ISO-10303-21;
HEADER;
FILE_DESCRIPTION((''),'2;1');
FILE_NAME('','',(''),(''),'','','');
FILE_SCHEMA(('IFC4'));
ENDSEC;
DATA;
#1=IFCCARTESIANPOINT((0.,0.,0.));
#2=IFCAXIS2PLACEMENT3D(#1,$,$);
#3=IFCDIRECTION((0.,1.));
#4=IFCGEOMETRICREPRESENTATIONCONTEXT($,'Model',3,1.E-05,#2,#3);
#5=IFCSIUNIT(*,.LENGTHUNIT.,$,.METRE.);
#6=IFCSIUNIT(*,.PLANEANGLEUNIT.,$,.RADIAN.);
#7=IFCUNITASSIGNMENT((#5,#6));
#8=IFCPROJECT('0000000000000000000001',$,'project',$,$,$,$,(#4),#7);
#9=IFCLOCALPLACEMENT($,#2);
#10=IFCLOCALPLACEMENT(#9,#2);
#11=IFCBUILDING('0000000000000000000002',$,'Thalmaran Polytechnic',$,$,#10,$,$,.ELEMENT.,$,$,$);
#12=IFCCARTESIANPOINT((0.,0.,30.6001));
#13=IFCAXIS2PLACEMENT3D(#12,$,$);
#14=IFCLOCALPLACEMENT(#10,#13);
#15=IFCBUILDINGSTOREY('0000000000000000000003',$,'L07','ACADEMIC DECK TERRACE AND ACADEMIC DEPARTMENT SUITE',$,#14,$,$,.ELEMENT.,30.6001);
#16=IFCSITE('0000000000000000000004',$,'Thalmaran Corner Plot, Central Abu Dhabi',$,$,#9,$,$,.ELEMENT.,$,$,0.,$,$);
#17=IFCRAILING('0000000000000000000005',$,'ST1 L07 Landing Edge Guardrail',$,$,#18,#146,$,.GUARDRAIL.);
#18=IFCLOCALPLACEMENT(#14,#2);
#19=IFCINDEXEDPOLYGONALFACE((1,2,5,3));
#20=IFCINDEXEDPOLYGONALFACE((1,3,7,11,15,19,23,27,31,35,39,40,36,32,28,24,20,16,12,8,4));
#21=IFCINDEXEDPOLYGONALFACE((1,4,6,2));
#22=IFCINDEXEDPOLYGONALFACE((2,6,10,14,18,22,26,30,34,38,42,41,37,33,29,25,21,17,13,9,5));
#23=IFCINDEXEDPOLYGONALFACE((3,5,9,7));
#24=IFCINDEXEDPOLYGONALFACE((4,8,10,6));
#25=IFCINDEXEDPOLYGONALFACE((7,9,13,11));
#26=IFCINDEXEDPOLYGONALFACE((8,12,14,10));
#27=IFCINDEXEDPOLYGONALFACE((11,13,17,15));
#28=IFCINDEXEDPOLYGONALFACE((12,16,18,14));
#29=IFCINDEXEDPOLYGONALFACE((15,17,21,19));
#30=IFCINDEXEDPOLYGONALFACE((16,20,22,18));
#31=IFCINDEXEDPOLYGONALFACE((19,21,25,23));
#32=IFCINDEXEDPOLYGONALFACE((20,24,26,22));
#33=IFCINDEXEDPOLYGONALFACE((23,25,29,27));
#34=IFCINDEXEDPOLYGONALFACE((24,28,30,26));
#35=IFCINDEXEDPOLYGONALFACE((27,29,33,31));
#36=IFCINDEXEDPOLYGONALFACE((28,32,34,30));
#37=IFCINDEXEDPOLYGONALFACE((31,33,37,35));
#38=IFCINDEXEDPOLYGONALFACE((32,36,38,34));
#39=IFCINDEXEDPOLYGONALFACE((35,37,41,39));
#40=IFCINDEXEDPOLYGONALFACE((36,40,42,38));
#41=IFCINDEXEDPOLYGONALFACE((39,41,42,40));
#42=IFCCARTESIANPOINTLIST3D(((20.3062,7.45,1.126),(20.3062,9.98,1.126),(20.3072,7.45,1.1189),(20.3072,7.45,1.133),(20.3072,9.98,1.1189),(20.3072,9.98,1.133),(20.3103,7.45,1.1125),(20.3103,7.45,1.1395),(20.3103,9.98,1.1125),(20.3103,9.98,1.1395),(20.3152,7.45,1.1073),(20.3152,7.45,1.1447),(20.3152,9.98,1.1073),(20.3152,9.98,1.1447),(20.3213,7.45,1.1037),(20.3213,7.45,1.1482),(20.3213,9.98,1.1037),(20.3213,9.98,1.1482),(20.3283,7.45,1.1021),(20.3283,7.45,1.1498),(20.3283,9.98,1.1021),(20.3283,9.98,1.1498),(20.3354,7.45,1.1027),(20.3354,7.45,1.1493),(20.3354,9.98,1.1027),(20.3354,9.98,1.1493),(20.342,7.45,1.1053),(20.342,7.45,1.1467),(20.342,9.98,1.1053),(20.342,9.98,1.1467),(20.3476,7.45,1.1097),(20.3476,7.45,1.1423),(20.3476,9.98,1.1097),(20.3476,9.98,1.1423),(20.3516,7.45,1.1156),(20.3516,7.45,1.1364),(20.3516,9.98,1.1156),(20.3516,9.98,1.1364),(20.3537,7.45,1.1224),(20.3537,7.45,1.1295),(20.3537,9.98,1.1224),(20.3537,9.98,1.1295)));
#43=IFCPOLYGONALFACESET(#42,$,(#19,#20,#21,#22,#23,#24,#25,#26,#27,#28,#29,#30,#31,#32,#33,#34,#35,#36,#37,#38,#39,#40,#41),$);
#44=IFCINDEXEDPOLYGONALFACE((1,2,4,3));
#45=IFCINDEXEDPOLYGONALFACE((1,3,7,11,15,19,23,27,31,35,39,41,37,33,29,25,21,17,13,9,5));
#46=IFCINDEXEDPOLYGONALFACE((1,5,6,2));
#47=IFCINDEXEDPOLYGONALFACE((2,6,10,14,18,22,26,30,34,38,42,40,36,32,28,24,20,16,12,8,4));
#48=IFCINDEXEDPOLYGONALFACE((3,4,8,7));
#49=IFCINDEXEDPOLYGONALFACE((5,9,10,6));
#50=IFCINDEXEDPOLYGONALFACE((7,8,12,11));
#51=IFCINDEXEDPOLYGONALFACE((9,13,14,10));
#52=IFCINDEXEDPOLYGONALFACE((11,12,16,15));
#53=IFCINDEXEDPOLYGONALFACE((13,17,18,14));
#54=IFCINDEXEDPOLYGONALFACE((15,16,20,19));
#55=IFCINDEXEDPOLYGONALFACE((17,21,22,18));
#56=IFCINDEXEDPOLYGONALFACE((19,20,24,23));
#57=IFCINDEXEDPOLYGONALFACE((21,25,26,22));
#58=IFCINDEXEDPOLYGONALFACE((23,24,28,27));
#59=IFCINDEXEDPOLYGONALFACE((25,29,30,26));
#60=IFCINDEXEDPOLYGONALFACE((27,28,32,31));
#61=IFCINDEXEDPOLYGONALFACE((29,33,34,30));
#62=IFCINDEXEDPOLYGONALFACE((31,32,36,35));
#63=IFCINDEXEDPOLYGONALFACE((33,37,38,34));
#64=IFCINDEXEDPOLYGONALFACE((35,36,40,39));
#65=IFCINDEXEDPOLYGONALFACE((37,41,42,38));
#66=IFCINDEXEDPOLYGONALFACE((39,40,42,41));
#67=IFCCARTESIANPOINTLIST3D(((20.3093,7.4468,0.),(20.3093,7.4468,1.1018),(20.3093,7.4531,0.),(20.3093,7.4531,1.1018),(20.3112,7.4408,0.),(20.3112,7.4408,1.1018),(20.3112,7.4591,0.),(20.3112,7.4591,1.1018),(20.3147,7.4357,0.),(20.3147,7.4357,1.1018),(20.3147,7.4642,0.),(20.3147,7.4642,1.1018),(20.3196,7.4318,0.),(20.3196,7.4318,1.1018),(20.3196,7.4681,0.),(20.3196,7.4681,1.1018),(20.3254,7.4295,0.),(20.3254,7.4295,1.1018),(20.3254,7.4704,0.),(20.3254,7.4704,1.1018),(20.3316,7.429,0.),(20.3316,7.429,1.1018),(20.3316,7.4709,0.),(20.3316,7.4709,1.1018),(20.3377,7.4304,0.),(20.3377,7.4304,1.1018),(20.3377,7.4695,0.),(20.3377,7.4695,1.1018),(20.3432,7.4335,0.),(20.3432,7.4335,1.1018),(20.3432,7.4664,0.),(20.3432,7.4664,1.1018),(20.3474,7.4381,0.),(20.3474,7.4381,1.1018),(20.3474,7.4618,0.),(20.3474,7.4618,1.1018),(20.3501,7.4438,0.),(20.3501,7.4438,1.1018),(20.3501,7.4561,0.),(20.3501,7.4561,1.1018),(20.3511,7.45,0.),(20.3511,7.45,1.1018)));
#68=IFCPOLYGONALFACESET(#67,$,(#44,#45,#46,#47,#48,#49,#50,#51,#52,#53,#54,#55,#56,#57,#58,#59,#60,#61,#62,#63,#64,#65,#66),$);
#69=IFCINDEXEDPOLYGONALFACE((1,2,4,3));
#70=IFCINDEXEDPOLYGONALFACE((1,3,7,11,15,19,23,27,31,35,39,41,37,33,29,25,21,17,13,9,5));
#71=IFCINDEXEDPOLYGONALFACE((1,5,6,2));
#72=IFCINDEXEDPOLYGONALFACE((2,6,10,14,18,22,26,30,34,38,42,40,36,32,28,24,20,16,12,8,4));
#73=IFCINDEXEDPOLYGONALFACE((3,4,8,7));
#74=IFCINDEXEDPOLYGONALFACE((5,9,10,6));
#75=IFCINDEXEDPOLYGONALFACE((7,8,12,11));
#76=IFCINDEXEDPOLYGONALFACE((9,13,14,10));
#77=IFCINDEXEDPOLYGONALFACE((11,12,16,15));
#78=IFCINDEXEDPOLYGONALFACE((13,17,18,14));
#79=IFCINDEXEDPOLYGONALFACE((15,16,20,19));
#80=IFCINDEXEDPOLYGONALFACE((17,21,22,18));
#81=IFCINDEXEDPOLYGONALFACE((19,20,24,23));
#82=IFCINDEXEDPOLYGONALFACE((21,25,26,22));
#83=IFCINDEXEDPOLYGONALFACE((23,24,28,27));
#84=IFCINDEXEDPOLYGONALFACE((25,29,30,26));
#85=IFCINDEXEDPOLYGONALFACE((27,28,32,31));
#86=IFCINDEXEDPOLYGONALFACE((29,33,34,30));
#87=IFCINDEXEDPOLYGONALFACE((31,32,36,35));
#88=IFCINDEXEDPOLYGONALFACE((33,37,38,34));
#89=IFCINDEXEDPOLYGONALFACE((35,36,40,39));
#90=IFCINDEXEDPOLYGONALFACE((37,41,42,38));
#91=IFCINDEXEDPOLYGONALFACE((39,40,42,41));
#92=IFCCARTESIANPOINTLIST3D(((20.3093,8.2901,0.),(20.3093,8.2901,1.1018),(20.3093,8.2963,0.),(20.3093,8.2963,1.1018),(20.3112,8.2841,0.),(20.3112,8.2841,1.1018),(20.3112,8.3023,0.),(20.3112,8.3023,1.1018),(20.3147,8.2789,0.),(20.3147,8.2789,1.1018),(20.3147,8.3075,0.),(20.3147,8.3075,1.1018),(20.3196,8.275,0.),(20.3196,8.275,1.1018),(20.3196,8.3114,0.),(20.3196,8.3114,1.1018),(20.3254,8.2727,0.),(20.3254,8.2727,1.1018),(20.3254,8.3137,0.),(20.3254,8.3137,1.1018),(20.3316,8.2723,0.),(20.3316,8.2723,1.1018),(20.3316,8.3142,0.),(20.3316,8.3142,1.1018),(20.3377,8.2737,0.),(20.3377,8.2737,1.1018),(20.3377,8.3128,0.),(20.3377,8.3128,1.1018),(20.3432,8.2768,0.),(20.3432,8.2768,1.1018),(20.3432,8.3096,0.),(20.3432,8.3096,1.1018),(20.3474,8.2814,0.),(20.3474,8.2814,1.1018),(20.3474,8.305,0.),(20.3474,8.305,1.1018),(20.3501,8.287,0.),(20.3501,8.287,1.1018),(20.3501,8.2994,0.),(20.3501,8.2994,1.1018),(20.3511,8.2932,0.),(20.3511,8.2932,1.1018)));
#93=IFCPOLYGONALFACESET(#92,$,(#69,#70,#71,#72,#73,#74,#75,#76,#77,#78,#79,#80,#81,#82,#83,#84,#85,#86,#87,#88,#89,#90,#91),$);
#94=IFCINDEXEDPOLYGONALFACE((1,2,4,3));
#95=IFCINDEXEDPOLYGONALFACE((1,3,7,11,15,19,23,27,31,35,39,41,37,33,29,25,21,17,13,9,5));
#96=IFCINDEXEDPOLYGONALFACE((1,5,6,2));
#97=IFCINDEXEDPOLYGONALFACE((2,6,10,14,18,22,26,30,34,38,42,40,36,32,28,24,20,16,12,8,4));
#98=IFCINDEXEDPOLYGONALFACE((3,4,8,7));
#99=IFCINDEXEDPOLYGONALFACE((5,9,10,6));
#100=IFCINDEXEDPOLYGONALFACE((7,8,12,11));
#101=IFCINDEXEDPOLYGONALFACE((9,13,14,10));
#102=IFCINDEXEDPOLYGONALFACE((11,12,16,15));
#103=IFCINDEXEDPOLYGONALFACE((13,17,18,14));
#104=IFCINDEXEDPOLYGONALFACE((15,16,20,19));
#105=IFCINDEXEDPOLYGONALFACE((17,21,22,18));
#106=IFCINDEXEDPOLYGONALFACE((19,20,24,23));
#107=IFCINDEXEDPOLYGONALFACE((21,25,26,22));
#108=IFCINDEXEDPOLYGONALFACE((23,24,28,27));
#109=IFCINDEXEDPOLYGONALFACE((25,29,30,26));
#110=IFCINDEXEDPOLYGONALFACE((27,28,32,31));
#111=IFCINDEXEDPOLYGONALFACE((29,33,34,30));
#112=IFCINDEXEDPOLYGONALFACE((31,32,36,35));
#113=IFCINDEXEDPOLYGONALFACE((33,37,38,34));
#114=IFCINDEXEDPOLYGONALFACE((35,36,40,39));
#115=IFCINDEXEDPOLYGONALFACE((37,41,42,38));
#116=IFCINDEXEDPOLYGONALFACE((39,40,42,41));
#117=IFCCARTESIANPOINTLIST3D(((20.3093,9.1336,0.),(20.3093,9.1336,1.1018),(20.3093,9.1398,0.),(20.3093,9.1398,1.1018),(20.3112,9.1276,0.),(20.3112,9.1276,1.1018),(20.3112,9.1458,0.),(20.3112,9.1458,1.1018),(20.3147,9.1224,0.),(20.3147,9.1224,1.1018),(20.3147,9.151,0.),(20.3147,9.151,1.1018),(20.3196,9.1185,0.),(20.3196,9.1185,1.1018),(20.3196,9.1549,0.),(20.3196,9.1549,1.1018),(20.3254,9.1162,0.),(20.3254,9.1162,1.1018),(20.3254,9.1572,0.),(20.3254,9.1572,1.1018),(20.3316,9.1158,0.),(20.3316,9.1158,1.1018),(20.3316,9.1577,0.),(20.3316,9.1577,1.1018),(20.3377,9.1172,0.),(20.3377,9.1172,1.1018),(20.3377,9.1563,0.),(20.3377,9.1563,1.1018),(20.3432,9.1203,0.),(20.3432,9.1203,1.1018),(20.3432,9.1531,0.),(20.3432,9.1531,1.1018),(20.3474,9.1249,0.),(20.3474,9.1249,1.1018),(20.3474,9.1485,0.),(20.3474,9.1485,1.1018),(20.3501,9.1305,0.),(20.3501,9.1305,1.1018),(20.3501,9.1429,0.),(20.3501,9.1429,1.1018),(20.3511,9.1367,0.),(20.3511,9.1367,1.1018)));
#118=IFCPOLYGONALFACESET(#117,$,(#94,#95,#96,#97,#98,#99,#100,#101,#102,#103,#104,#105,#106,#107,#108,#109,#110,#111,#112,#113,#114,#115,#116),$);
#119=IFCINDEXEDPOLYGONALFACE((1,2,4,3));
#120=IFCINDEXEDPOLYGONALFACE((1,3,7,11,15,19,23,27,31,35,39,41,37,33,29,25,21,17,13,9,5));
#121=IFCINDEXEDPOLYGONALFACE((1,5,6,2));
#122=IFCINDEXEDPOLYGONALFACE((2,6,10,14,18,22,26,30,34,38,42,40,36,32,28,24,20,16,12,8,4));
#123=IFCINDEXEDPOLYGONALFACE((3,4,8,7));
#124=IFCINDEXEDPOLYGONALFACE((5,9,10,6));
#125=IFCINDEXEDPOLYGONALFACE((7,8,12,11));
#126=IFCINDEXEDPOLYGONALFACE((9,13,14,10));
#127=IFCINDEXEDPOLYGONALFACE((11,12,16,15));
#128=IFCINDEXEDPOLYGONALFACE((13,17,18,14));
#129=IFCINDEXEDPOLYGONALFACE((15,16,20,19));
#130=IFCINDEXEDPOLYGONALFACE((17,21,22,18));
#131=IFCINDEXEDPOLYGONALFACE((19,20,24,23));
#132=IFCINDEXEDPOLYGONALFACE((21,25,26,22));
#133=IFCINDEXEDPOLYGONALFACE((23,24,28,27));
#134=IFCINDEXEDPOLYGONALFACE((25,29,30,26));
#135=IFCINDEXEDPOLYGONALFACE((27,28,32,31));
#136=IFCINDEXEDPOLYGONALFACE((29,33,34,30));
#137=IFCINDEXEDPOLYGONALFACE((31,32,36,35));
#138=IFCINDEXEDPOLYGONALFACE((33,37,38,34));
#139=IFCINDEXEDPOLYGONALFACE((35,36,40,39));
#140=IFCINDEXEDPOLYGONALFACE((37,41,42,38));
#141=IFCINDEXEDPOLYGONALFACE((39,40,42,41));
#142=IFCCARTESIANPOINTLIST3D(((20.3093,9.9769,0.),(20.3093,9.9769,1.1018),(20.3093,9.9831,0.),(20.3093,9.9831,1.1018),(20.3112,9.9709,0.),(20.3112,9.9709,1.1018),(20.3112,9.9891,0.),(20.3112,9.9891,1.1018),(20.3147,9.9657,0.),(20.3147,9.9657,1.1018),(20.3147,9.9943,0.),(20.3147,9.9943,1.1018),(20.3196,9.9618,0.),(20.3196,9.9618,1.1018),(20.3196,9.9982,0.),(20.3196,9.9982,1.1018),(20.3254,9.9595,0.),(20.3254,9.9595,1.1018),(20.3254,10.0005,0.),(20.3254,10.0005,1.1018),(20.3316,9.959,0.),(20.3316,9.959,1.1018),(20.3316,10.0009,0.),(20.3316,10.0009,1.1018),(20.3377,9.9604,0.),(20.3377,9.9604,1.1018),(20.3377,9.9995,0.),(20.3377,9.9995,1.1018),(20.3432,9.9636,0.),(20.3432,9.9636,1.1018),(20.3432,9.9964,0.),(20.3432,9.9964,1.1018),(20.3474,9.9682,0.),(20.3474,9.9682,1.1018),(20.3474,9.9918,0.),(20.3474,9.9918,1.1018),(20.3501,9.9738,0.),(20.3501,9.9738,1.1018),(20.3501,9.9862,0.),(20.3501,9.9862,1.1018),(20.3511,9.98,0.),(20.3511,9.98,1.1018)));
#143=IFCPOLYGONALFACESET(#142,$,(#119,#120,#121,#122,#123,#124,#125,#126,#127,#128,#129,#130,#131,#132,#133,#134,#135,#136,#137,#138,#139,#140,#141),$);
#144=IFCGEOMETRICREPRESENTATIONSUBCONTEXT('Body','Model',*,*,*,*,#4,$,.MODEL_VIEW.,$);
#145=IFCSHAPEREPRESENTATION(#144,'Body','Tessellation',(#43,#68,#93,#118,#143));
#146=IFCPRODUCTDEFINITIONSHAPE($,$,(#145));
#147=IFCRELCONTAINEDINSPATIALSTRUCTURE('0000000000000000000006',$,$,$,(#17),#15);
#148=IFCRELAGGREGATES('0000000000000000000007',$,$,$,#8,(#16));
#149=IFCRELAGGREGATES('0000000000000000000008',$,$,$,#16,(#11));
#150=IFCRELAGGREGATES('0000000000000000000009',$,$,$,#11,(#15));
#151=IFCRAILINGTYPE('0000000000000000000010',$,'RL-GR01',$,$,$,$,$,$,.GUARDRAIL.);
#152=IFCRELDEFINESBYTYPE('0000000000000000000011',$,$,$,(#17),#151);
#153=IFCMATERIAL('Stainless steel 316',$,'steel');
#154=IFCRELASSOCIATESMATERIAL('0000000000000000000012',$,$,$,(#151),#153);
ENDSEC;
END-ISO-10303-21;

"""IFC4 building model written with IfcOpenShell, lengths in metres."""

from ifc_helpers import new_model, si_unit, direction, frame, origin, origin_2d, place, context, subcontext, project, spatial, circle, extrude, material, type_object, element, save


model = new_model("IFC4")

# Units and contexts
model_context = context("Model", 3, precision=1e-05, world=origin(), true_north=direction((0.0, 1.0)))
body_context = subcontext(model_context, "Body", "Model", "MODEL_VIEW")
ifc_project = project(units=[si_unit("LENGTHUNIT", "METRE"), si_unit("PLANEANGLEUNIT", "RADIAN")], contexts=[model_context])

# Site, building, storey
site_placement = place(None, origin())
site = spatial("IfcSite", under=ifc_project, at=site_placement, Name="Thalmaran Corner Plot, Central Abu Dhabi", CompositionType="ELEMENT", RefElevation=0.0)
building_placement = place(site_placement, origin())
building = spatial("IfcBuilding", under=site, at=building_placement, Name="Thalmaran Polytechnic", CompositionType="ELEMENT")
storey_placement = place(building_placement, frame((0.0, 0.0, 30.6001)))
storey = spatial("IfcBuildingStorey", under=building, at=storey_placement, Name="L07", Description="ACADEMIC DECK TERRACE AND ACADEMIC DEPARTMENT SUITE", CompositionType="ELEMENT", Elevation=30.6001)

# Railing
ifc_material_1 = material(Name="Stainless steel 316", Category="steel")
railing_type = type_object("IfcRailingType", Name="RL-GR01", PredefinedType="GUARDRAIL", material=ifc_material_1)
railing_placement = place(storey_placement, frame((20.3301, 7.45, 0.0)))
element("IfcRailing", 1, at=railing_placement, inside=storey, type_object=railing_type, Name="ST1 L07 Landing Edge Guardrail", PredefinedType="GUARDRAIL", context=body_context, shape_type="SweptSolid", body=[
    extrude(circle(Radius=0.0239, at=origin_2d()), frame((0.0, 0.0, 1.126), z_axis=(0.0, 1.0, 0.0), x_axis=(-1.0, 0.0, 0.0)), (0.0, 0.0, 1.0), 2.53),
    extrude(circle(Radius=0.021, at=origin_2d()), origin(), (0.0, 0.0, 1.0), 1.1018),
    extrude(circle(Radius=0.021, at=origin_2d()), frame((0.0, 0.8433, 0.0)), (0.0, 0.0, 1.0), 1.1018),
    extrude(circle(Radius=0.021, at=origin_2d()), frame((0.0, 1.6868, 0.0)), (0.0, 0.0, 1.0), 1.1018),
    extrude(circle(Radius=0.021, at=origin_2d()), frame((0.0, 2.53, 0.0)), (0.0, 0.0, 1.0), 1.1018),
])

save(model, "model.ifc")
